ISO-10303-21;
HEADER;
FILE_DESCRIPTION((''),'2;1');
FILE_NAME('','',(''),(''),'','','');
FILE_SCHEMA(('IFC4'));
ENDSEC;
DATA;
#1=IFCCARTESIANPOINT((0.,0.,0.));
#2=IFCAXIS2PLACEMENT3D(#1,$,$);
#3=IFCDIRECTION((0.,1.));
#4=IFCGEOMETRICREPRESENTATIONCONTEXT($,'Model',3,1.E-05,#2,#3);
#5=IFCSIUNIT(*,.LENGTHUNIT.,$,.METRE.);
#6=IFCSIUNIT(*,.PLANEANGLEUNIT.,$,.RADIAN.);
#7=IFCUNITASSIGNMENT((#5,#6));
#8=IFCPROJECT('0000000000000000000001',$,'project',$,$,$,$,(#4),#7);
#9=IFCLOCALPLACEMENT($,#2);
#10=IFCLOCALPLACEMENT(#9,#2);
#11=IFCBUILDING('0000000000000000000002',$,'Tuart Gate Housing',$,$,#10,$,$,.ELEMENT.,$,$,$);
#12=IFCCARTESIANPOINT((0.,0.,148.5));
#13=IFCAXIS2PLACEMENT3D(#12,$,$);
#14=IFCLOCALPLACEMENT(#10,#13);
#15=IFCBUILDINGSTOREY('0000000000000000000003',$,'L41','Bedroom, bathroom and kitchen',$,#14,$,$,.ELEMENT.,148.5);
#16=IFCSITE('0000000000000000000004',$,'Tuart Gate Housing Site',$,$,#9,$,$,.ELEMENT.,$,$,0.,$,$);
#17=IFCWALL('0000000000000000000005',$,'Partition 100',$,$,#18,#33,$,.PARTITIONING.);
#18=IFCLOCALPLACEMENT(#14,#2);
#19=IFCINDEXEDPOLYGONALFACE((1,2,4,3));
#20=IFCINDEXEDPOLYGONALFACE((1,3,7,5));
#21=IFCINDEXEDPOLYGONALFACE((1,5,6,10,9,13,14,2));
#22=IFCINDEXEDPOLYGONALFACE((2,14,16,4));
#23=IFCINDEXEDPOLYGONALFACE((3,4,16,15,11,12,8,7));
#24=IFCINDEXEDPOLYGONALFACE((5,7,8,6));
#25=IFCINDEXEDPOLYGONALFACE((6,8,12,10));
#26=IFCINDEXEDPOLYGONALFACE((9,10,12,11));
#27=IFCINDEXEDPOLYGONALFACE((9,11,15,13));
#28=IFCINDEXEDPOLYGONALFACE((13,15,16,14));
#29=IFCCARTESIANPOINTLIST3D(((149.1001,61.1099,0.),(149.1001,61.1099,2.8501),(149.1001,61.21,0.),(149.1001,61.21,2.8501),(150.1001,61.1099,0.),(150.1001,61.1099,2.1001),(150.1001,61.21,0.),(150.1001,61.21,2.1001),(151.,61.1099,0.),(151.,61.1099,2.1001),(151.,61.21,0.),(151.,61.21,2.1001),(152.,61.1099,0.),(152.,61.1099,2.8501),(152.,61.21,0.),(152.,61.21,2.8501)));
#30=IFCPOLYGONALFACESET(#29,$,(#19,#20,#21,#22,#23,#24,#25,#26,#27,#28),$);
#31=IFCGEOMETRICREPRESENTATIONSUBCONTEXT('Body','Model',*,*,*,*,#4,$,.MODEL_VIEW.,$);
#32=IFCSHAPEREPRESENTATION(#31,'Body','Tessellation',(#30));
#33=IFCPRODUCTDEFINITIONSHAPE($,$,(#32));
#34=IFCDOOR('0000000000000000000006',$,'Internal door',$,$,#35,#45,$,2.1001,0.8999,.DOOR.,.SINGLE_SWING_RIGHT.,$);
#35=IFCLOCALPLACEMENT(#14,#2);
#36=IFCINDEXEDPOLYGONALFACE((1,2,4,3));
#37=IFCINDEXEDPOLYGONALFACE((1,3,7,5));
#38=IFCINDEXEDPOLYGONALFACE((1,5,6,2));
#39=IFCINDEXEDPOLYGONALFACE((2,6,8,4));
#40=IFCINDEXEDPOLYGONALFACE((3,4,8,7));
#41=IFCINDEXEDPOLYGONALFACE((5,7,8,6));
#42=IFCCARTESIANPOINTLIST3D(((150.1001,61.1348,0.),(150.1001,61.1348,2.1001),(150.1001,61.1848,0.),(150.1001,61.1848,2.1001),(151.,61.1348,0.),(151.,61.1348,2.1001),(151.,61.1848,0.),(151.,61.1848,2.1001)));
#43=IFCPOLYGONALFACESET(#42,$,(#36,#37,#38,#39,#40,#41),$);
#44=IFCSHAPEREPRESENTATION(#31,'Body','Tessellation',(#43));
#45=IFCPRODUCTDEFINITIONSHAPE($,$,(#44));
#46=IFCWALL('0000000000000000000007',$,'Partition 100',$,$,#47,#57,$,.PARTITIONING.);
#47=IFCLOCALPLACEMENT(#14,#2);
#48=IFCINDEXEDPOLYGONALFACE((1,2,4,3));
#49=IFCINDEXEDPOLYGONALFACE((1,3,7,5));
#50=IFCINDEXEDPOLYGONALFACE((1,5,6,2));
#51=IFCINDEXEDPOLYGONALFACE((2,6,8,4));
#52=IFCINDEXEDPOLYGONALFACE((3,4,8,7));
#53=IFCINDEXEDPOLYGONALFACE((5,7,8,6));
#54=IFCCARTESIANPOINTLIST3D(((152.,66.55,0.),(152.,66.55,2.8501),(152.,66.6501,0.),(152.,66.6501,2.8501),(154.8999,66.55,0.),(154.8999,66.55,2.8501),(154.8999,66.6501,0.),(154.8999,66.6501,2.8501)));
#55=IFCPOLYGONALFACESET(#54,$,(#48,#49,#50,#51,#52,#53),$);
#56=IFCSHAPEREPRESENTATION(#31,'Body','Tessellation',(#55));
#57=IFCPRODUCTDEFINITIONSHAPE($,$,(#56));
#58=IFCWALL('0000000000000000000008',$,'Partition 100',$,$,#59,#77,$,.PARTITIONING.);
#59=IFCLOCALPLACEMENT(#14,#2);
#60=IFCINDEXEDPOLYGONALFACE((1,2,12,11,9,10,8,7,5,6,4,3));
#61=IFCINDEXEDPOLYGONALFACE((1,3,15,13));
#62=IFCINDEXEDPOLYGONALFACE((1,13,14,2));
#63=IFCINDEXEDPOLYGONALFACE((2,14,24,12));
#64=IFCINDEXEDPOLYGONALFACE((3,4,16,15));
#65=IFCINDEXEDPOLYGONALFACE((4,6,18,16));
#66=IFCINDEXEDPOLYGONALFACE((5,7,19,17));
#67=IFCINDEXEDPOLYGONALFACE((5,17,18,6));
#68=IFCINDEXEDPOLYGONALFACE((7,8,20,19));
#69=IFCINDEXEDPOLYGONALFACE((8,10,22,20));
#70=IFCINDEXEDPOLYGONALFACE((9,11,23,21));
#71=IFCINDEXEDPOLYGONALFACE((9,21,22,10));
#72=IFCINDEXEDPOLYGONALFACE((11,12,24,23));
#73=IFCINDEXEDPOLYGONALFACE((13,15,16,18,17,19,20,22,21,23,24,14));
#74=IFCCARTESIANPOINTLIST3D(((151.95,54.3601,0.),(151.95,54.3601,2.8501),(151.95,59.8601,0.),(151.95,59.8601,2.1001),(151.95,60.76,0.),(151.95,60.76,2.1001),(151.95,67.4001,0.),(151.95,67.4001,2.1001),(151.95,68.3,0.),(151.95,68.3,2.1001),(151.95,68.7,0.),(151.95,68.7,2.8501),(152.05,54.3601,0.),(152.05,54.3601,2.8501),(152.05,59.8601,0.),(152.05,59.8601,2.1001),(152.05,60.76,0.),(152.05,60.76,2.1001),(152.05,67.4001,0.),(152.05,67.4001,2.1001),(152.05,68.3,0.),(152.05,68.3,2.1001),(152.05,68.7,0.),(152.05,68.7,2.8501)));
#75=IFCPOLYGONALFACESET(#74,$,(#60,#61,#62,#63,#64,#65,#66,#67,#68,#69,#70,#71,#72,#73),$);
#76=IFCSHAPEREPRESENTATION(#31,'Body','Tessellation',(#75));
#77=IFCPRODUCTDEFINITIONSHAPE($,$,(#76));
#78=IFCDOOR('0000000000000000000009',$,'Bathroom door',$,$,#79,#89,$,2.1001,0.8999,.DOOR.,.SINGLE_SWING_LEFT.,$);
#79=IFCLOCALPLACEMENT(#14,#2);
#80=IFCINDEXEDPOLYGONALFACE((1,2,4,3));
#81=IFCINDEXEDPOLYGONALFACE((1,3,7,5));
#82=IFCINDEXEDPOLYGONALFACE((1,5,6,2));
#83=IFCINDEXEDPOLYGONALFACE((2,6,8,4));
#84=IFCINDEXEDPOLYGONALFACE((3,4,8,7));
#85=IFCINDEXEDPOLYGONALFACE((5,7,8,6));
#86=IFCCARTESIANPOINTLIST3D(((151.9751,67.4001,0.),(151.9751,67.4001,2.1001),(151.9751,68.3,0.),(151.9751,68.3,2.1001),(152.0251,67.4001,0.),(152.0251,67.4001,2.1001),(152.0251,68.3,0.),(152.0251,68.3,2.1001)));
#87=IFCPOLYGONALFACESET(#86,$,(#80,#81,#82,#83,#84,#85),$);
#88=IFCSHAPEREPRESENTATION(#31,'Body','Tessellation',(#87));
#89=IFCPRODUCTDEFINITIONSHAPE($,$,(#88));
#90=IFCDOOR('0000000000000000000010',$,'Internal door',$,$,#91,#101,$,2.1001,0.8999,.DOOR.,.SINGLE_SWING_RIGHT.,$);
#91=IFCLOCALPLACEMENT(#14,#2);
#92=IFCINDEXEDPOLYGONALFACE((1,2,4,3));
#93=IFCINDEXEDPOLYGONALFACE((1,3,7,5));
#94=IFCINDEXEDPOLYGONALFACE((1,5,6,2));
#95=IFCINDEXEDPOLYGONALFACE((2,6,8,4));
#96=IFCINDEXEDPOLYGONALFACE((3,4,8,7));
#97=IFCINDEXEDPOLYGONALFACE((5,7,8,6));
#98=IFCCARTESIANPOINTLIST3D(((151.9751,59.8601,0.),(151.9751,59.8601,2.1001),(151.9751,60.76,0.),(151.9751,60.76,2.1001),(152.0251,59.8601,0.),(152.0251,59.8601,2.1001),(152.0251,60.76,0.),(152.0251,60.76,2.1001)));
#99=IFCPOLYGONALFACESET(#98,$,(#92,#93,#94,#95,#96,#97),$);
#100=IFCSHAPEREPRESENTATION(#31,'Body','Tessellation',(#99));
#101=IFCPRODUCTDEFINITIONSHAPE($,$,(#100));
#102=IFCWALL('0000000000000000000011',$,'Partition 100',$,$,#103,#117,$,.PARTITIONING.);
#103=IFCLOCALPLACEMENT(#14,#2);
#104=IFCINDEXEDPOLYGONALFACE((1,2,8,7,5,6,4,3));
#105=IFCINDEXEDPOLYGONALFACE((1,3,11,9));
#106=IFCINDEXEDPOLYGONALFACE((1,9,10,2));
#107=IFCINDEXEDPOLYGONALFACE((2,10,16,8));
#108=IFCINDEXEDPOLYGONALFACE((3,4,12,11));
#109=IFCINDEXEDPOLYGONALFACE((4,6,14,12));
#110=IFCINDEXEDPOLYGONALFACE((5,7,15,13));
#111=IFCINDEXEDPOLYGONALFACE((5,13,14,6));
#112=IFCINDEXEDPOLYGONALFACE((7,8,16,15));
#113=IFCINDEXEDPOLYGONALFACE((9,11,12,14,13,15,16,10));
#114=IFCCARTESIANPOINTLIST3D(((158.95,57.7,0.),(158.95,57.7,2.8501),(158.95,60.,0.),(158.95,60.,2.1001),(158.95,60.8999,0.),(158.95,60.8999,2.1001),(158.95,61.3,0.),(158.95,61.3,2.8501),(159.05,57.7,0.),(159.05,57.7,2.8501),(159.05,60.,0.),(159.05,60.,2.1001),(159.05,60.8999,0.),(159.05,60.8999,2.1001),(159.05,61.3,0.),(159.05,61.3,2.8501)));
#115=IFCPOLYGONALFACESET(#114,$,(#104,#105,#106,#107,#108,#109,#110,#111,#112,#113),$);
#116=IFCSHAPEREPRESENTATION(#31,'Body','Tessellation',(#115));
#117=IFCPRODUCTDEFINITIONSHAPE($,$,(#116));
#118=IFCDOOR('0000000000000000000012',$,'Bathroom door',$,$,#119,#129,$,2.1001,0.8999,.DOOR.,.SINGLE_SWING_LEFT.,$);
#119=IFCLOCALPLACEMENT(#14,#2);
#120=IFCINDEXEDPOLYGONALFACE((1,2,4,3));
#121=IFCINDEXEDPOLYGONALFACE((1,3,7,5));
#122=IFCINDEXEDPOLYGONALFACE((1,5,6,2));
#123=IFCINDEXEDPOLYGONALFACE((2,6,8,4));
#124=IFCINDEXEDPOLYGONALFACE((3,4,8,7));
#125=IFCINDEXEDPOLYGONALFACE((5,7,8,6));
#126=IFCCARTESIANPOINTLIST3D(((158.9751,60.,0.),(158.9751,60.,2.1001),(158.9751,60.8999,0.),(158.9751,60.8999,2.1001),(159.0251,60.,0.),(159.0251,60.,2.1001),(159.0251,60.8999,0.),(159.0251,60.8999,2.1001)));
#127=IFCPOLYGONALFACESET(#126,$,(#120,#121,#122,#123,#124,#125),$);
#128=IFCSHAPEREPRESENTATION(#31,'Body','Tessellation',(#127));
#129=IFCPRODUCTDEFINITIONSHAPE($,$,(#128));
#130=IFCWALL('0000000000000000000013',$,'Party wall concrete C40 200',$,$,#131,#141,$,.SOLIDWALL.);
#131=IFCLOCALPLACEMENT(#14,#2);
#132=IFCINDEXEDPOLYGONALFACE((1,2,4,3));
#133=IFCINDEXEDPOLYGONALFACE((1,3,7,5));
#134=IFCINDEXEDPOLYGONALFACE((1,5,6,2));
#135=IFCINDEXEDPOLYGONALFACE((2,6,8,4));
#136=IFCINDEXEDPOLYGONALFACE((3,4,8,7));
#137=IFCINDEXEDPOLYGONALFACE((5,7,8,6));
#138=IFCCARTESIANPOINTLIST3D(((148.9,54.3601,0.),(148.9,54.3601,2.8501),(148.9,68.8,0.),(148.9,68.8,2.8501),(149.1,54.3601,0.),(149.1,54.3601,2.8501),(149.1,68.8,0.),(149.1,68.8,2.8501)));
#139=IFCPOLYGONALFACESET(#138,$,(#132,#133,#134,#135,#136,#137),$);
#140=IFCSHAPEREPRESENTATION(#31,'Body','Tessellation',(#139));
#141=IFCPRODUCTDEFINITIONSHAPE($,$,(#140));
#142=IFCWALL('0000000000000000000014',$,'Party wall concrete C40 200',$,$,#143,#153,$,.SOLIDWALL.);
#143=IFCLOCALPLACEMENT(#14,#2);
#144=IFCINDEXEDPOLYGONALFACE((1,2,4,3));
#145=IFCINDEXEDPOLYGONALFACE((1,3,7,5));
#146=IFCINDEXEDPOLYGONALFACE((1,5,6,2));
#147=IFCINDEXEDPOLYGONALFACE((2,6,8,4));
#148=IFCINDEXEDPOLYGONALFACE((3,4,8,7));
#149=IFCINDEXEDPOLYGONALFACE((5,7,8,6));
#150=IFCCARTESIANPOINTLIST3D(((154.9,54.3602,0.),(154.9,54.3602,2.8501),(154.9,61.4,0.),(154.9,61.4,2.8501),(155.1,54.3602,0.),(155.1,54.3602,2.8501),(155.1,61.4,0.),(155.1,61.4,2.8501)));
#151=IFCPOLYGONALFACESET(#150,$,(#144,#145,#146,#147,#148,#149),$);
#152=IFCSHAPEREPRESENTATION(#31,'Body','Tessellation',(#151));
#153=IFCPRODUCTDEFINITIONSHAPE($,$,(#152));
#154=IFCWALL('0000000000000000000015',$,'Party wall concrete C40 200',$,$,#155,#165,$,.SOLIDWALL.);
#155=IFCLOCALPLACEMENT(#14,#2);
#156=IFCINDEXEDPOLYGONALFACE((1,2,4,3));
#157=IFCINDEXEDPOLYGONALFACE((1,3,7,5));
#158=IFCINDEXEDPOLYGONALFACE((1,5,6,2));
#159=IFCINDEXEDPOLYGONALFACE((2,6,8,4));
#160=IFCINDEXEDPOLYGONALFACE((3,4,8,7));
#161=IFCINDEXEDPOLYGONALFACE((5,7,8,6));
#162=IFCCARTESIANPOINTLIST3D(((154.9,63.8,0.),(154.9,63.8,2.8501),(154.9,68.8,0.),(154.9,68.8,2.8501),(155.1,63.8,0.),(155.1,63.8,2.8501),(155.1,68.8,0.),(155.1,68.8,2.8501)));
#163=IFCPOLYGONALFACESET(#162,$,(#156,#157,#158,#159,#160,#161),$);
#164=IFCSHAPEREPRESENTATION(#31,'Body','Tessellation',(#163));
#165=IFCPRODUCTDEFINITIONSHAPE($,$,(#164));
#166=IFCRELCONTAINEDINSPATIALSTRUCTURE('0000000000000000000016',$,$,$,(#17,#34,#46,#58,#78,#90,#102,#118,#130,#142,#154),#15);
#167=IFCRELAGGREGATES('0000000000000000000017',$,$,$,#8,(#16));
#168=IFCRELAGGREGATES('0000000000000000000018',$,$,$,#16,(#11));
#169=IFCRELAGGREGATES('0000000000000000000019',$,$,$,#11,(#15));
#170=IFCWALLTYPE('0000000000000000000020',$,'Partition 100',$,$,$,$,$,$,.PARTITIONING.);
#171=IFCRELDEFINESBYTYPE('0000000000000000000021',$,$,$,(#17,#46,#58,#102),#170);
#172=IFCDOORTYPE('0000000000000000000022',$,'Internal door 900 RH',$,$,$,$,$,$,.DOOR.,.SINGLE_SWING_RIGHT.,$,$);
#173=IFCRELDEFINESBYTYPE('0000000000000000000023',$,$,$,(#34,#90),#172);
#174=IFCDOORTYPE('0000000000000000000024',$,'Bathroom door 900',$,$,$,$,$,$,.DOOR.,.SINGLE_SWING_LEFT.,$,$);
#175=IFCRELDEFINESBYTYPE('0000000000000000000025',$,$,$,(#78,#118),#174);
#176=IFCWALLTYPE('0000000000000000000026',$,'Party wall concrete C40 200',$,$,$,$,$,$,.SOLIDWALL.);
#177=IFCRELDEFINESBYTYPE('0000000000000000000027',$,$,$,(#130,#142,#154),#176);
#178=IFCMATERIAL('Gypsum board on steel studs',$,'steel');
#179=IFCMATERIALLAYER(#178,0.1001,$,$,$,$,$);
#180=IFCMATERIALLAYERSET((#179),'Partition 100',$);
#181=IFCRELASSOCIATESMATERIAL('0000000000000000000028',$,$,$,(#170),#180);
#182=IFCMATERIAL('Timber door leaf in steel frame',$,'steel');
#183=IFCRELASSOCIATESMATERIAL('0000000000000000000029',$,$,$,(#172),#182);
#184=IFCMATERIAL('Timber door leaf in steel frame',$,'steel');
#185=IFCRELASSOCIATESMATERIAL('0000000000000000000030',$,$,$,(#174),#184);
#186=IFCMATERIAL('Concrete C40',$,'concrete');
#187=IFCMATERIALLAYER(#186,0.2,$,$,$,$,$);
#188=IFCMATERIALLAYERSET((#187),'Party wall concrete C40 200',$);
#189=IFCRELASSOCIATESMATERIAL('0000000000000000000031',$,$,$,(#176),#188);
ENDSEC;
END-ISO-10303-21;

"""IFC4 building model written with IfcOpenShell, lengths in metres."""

from ifc_helpers import new_model, si_unit, direction, frame, frame_2d, origin, place, context, subcontext, project, spatial, rectangle, extrude, material, layer, layer_set, type_object, element, fill, save


model = new_model("IFC4")

# Units and contexts
model_context = context("Model", 3, precision=1e-05, world=origin(), true_north=direction((0.0, 1.0)))
body_context = subcontext(model_context, "Body", "Model", "MODEL_VIEW")
ifc_project = project(units=[si_unit("LENGTHUNIT", "METRE"), si_unit("PLANEANGLEUNIT", "RADIAN")], contexts=[model_context])

# Site, building, storey
site_placement = place(None, origin())
site = spatial("IfcSite", under=ifc_project, at=site_placement, Name="Tuart Gate Housing Site", CompositionType="ELEMENT", RefElevation=0.0)
building_placement = place(site_placement, origin())
building = spatial("IfcBuilding", under=site, at=building_placement, Name="Tuart Gate Housing", CompositionType="ELEMENT")
storey_placement = place(building_placement, frame((0.0, 0.0, 148.5)))
storey = spatial("IfcBuildingStorey", under=building, at=storey_placement, Name="L41", Description="Bedroom, bathroom and kitchen", CompositionType="ELEMENT", Elevation=148.5)

# Shared definitions
ifc_material_1 = material(Name="Gypsum board on steel studs", Category="steel")
ifc_layer_1 = layer(ifc_material_1, 0.1001)
ifc_layer_set_1 = layer_set([ifc_layer_1], Name="Partition 100")
wall_type_1 = type_object("IfcWallType", Name="Partition 100", PredefinedType="PARTITIONING", material=ifc_layer_set_1)

# Wall, opening, door
wall_1_placement = place(storey_placement, frame((149.1001, 61.1599, 0.0), z_axis=(0.0, 0.0, 1.0), x_axis=(1.0, 0.0, 0.0)))
wall_1 = element("IfcWall", 1, at=wall_1_placement, inside=storey, type_object=wall_type_1, Name="Partition 100", PredefinedType="PARTITIONING", context=body_context, shape_type="SweptSolid", body=[
    extrude(rectangle(XDim=2.8999, YDim=0.1001, at=frame_2d((1.45, 0.0))), origin(), (0.0, 0.0, 1.0), 2.8501),
])
opening_1_placement = place(wall_1_placement, frame((1.0, 0.0, 0.0)))
opening_1 = element("IfcOpeningElement", 2, at=opening_1_placement, cuts=wall_1, PredefinedType="OPENING", context=body_context, shape_type="SweptSolid", body=[
    extrude(rectangle(XDim=0.8999, YDim=2.1001, at=frame_2d((0.45, 1.05))), frame((0.0, 0.0601, 0.0), z_axis=(0.0, -1.0, 0.0), x_axis=(1.0, 0.0, 0.0)), (0.0, 0.0, 1.0), 0.1201),
])
ifc_material_2 = material(Name="Timber door leaf in steel frame", Category="steel")
door_type_1 = type_object("IfcDoorType", Name="Internal door 900 RH", OperationType="SINGLE_SWING_RIGHT", PredefinedType="DOOR", material=ifc_material_2)
door_1_placement = place(opening_1_placement, origin())
door_1 = element("IfcDoor", 3, at=door_1_placement, inside=storey, type_object=door_type_1, Name="Internal door", OperationType="SINGLE_SWING_RIGHT", OverallHeight=2.1001, OverallWidth=0.8999, PredefinedType="DOOR", context=body_context, shape_type="SweptSolid", body=[
    extrude(rectangle(XDim=0.8999, YDim=2.1001, at=frame_2d((0.45, 1.05))), frame((0.0, 0.0249, 0.0), z_axis=(0.0, -1.0, 0.0), x_axis=(1.0, 0.0, 0.0)), (0.0, 0.0, 1.0), 0.05),
])
fill(opening_1, door_1)

# Wall
wall_2_placement = place(storey_placement, frame((152.0, 66.6001, 0.0), z_axis=(0.0, 0.0, 1.0), x_axis=(1.0, 0.0, 0.0)))
element("IfcWall", 4, at=wall_2_placement, inside=storey, type_object=wall_type_1, Name="Partition 100", PredefinedType="PARTITIONING", context=body_context, shape_type="SweptSolid", body=[
    extrude(rectangle(XDim=2.8999, YDim=0.1001, at=frame_2d((1.45, 0.0))), origin(), (0.0, 0.0, 1.0), 2.8501),
])

# Wall, openings, doors
wall_3_placement = place(storey_placement, frame((152.0, 54.3601, 0.0), z_axis=(0.0, 0.0, 1.0), x_axis=(0.0, 1.0, 0.0)))
wall_3 = element("IfcWall", 5, at=wall_3_placement, inside=storey, type_object=wall_type_1, Name="Partition 100", PredefinedType="PARTITIONING", context=body_context, shape_type="SweptSolid", body=[
    extrude(rectangle(XDim=14.3398, YDim=0.1001, at=frame_2d((7.1699, 0.0))), origin(), (0.0, 0.0, 1.0), 2.8501),
])
opening_2_placement = place(wall_3_placement, frame((5.5, 0.0, 0.0)))
opening_2 = element("IfcOpeningElement", 6, at=opening_2_placement, cuts=wall_3, PredefinedType="OPENING", context=body_context, shape_type="SweptSolid", body=[
    extrude(rectangle(XDim=0.8999, YDim=2.1001, at=frame_2d((0.45, 1.05))), frame((0.0, 0.0601, 0.0), z_axis=(0.0, -1.0, 0.0), x_axis=(1.0, 0.0, 0.0)), (0.0, 0.0, 1.0), 0.1201),
])
opening_3_placement = place(wall_3_placement, frame((13.04, 0.0, 0.0)))
opening_3 = element("IfcOpeningElement", 7, at=opening_3_placement, cuts=wall_3, PredefinedType="OPENING", context=body_context, shape_type="SweptSolid", body=[
    extrude(rectangle(XDim=0.8999, YDim=2.1001, at=frame_2d((0.45, 1.05))), frame((0.0, 0.0601, 0.0), z_axis=(0.0, -1.0, 0.0), x_axis=(1.0, 0.0, 0.0)), (0.0, 0.0, 1.0), 0.1201),
])
ifc_material_3 = material(Name="Timber door leaf in steel frame", Category="steel")
door_type_2 = type_object("IfcDoorType", Name="Bathroom door 900", OperationType="SINGLE_SWING_LEFT", PredefinedType="DOOR", material=ifc_material_3)
door_2_placement = place(opening_3_placement, frame((0.8999, 0.0, 0.0), z_axis=(0.0, 0.0, 1.0), x_axis=(-1.0, 0.0, 0.0)))
door_2 = element("IfcDoor", 8, at=door_2_placement, inside=storey, type_object=door_type_2, Name="Bathroom door", OperationType="SINGLE_SWING_LEFT", OverallHeight=2.1001, OverallWidth=0.8999, PredefinedType="DOOR", context=body_context, shape_type="SweptSolid", body=[
    extrude(rectangle(XDim=0.8999, YDim=2.1001, at=frame_2d((0.45, 1.05))), frame((0.0, 0.0251, 0.0), z_axis=(0.0, -1.0, 0.0), x_axis=(1.0, 0.0, 0.0)), (0.0, 0.0, 1.0), 0.05),
])
fill(opening_3, door_2)
door_3_placement = place(opening_2_placement, frame((0.8999, 0.0, 0.0), z_axis=(0.0, 0.0, 1.0), x_axis=(-1.0, 0.0, 0.0)))
door_3 = element("IfcDoor", 9, at=door_3_placement, inside=storey, type_object=door_type_1, Name="Internal door", OperationType="SINGLE_SWING_RIGHT", OverallHeight=2.1001, OverallWidth=0.8999, PredefinedType="DOOR", context=body_context, shape_type="SweptSolid", body=[
    extrude(rectangle(XDim=0.8999, YDim=2.1001, at=frame_2d((0.45, 1.05))), frame((0.0, 0.0251, 0.0), z_axis=(0.0, -1.0, 0.0), x_axis=(1.0, 0.0, 0.0)), (0.0, 0.0, 1.0), 0.05),
])
fill(opening_2, door_3)

# Wall, opening, door
wall_4_placement = place(storey_placement, frame((159.0, 57.7, 0.0), z_axis=(0.0, 0.0, 1.0), x_axis=(0.0, 1.0, 0.0)))
wall_4 = element("IfcWall", 10, at=wall_4_placement, inside=storey, type_object=wall_type_1, Name="Partition 100", PredefinedType="PARTITIONING", context=body_context, shape_type="SweptSolid", body=[
    extrude(rectangle(XDim=3.6001, YDim=0.1001, at=frame_2d((1.8, 0.0))), origin(), (0.0, 0.0, 1.0), 2.8501),
])
opening_4_placement = place(wall_4_placement, frame((2.3, 0.0, 0.0)))
opening_4 = element("IfcOpeningElement", 11, at=opening_4_placement, cuts=wall_4, PredefinedType="OPENING", context=body_context, shape_type="SweptSolid", body=[
    extrude(rectangle(XDim=0.8999, YDim=2.1001, at=frame_2d((0.45, 1.05))), frame((0.0, 0.0601, 0.0), z_axis=(0.0, -1.0, 0.0), x_axis=(1.0, 0.0, 0.0)), (0.0, 0.0, 1.0), 0.1201),
])
door_4_placement = place(opening_4_placement, frame((0.8999, 0.0, 0.0), z_axis=(0.0, 0.0, 1.0), x_axis=(-1.0, 0.0, 0.0)))
door_4 = element("IfcDoor", 12, at=door_4_placement, inside=storey, type_object=door_type_2, Name="Bathroom door", OperationType="SINGLE_SWING_LEFT", OverallHeight=2.1001, OverallWidth=0.8999, PredefinedType="DOOR", context=body_context, shape_type="SweptSolid", body=[
    extrude(rectangle(XDim=0.8999, YDim=2.1001, at=frame_2d((0.45, 1.05))), frame((0.0, 0.0251, 0.0), z_axis=(0.0, -1.0, 0.0), x_axis=(1.0, 0.0, 0.0)), (0.0, 0.0, 1.0), 0.05),
])
fill(opening_4, door_4)

# Walls
ifc_material_4 = material(Name="Concrete C40", Category="concrete")
ifc_layer_2 = layer(ifc_material_4, 0.2)
ifc_layer_set_2 = layer_set([ifc_layer_2], Name="Party wall concrete C40 200")
wall_type_2 = type_object("IfcWallType", Name="Party wall concrete C40 200", PredefinedType="SOLIDWALL", material=ifc_layer_set_2)
wall_5_placement = place(storey_placement, frame((149.0, 54.3601, 0.0), z_axis=(0.0, 0.0, 1.0), x_axis=(0.0, 1.0, 0.0)))
element("IfcWall", 13, at=wall_5_placement, inside=storey, type_object=wall_type_2, Name="Party wall concrete C40 200", PredefinedType="SOLIDWALL", context=body_context, shape_type="SweptSolid", body=[
    extrude(rectangle(XDim=14.4399, YDim=0.2, at=frame_2d((7.22, 0.0))), origin(), (0.0, 0.0, 1.0), 2.8501),
])
wall_6_placement = place(storey_placement, frame((155.0, 54.3601, 0.0), z_axis=(0.0, 0.0, 1.0), x_axis=(0.0, 1.0, 0.0)))
element("IfcWall", 14, at=wall_6_placement, inside=storey, type_object=wall_type_2, Name="Party wall concrete C40 200", PredefinedType="SOLIDWALL", context=body_context, shape_type="SweptSolid", body=[
    extrude(rectangle(XDim=7.0398, YDim=0.2, at=frame_2d((3.52, 0.0))), origin(), (0.0, 0.0, 1.0), 2.8501),
])
wall_7_placement = place(storey_placement, frame((155.0, 63.8, 0.0), z_axis=(0.0, 0.0, 1.0), x_axis=(0.0, 1.0, 0.0)))
element("IfcWall", 15, at=wall_7_placement, inside=storey, type_object=wall_type_2, Name="Party wall concrete C40 200", PredefinedType="SOLIDWALL", context=body_context, shape_type="SweptSolid", body=[
    extrude(rectangle(XDim=5.0, YDim=0.2, at=frame_2d((2.5, 0.0))), origin(), (0.0, 0.0, 1.0), 2.8501),
])

save(model, "model.ifc")
